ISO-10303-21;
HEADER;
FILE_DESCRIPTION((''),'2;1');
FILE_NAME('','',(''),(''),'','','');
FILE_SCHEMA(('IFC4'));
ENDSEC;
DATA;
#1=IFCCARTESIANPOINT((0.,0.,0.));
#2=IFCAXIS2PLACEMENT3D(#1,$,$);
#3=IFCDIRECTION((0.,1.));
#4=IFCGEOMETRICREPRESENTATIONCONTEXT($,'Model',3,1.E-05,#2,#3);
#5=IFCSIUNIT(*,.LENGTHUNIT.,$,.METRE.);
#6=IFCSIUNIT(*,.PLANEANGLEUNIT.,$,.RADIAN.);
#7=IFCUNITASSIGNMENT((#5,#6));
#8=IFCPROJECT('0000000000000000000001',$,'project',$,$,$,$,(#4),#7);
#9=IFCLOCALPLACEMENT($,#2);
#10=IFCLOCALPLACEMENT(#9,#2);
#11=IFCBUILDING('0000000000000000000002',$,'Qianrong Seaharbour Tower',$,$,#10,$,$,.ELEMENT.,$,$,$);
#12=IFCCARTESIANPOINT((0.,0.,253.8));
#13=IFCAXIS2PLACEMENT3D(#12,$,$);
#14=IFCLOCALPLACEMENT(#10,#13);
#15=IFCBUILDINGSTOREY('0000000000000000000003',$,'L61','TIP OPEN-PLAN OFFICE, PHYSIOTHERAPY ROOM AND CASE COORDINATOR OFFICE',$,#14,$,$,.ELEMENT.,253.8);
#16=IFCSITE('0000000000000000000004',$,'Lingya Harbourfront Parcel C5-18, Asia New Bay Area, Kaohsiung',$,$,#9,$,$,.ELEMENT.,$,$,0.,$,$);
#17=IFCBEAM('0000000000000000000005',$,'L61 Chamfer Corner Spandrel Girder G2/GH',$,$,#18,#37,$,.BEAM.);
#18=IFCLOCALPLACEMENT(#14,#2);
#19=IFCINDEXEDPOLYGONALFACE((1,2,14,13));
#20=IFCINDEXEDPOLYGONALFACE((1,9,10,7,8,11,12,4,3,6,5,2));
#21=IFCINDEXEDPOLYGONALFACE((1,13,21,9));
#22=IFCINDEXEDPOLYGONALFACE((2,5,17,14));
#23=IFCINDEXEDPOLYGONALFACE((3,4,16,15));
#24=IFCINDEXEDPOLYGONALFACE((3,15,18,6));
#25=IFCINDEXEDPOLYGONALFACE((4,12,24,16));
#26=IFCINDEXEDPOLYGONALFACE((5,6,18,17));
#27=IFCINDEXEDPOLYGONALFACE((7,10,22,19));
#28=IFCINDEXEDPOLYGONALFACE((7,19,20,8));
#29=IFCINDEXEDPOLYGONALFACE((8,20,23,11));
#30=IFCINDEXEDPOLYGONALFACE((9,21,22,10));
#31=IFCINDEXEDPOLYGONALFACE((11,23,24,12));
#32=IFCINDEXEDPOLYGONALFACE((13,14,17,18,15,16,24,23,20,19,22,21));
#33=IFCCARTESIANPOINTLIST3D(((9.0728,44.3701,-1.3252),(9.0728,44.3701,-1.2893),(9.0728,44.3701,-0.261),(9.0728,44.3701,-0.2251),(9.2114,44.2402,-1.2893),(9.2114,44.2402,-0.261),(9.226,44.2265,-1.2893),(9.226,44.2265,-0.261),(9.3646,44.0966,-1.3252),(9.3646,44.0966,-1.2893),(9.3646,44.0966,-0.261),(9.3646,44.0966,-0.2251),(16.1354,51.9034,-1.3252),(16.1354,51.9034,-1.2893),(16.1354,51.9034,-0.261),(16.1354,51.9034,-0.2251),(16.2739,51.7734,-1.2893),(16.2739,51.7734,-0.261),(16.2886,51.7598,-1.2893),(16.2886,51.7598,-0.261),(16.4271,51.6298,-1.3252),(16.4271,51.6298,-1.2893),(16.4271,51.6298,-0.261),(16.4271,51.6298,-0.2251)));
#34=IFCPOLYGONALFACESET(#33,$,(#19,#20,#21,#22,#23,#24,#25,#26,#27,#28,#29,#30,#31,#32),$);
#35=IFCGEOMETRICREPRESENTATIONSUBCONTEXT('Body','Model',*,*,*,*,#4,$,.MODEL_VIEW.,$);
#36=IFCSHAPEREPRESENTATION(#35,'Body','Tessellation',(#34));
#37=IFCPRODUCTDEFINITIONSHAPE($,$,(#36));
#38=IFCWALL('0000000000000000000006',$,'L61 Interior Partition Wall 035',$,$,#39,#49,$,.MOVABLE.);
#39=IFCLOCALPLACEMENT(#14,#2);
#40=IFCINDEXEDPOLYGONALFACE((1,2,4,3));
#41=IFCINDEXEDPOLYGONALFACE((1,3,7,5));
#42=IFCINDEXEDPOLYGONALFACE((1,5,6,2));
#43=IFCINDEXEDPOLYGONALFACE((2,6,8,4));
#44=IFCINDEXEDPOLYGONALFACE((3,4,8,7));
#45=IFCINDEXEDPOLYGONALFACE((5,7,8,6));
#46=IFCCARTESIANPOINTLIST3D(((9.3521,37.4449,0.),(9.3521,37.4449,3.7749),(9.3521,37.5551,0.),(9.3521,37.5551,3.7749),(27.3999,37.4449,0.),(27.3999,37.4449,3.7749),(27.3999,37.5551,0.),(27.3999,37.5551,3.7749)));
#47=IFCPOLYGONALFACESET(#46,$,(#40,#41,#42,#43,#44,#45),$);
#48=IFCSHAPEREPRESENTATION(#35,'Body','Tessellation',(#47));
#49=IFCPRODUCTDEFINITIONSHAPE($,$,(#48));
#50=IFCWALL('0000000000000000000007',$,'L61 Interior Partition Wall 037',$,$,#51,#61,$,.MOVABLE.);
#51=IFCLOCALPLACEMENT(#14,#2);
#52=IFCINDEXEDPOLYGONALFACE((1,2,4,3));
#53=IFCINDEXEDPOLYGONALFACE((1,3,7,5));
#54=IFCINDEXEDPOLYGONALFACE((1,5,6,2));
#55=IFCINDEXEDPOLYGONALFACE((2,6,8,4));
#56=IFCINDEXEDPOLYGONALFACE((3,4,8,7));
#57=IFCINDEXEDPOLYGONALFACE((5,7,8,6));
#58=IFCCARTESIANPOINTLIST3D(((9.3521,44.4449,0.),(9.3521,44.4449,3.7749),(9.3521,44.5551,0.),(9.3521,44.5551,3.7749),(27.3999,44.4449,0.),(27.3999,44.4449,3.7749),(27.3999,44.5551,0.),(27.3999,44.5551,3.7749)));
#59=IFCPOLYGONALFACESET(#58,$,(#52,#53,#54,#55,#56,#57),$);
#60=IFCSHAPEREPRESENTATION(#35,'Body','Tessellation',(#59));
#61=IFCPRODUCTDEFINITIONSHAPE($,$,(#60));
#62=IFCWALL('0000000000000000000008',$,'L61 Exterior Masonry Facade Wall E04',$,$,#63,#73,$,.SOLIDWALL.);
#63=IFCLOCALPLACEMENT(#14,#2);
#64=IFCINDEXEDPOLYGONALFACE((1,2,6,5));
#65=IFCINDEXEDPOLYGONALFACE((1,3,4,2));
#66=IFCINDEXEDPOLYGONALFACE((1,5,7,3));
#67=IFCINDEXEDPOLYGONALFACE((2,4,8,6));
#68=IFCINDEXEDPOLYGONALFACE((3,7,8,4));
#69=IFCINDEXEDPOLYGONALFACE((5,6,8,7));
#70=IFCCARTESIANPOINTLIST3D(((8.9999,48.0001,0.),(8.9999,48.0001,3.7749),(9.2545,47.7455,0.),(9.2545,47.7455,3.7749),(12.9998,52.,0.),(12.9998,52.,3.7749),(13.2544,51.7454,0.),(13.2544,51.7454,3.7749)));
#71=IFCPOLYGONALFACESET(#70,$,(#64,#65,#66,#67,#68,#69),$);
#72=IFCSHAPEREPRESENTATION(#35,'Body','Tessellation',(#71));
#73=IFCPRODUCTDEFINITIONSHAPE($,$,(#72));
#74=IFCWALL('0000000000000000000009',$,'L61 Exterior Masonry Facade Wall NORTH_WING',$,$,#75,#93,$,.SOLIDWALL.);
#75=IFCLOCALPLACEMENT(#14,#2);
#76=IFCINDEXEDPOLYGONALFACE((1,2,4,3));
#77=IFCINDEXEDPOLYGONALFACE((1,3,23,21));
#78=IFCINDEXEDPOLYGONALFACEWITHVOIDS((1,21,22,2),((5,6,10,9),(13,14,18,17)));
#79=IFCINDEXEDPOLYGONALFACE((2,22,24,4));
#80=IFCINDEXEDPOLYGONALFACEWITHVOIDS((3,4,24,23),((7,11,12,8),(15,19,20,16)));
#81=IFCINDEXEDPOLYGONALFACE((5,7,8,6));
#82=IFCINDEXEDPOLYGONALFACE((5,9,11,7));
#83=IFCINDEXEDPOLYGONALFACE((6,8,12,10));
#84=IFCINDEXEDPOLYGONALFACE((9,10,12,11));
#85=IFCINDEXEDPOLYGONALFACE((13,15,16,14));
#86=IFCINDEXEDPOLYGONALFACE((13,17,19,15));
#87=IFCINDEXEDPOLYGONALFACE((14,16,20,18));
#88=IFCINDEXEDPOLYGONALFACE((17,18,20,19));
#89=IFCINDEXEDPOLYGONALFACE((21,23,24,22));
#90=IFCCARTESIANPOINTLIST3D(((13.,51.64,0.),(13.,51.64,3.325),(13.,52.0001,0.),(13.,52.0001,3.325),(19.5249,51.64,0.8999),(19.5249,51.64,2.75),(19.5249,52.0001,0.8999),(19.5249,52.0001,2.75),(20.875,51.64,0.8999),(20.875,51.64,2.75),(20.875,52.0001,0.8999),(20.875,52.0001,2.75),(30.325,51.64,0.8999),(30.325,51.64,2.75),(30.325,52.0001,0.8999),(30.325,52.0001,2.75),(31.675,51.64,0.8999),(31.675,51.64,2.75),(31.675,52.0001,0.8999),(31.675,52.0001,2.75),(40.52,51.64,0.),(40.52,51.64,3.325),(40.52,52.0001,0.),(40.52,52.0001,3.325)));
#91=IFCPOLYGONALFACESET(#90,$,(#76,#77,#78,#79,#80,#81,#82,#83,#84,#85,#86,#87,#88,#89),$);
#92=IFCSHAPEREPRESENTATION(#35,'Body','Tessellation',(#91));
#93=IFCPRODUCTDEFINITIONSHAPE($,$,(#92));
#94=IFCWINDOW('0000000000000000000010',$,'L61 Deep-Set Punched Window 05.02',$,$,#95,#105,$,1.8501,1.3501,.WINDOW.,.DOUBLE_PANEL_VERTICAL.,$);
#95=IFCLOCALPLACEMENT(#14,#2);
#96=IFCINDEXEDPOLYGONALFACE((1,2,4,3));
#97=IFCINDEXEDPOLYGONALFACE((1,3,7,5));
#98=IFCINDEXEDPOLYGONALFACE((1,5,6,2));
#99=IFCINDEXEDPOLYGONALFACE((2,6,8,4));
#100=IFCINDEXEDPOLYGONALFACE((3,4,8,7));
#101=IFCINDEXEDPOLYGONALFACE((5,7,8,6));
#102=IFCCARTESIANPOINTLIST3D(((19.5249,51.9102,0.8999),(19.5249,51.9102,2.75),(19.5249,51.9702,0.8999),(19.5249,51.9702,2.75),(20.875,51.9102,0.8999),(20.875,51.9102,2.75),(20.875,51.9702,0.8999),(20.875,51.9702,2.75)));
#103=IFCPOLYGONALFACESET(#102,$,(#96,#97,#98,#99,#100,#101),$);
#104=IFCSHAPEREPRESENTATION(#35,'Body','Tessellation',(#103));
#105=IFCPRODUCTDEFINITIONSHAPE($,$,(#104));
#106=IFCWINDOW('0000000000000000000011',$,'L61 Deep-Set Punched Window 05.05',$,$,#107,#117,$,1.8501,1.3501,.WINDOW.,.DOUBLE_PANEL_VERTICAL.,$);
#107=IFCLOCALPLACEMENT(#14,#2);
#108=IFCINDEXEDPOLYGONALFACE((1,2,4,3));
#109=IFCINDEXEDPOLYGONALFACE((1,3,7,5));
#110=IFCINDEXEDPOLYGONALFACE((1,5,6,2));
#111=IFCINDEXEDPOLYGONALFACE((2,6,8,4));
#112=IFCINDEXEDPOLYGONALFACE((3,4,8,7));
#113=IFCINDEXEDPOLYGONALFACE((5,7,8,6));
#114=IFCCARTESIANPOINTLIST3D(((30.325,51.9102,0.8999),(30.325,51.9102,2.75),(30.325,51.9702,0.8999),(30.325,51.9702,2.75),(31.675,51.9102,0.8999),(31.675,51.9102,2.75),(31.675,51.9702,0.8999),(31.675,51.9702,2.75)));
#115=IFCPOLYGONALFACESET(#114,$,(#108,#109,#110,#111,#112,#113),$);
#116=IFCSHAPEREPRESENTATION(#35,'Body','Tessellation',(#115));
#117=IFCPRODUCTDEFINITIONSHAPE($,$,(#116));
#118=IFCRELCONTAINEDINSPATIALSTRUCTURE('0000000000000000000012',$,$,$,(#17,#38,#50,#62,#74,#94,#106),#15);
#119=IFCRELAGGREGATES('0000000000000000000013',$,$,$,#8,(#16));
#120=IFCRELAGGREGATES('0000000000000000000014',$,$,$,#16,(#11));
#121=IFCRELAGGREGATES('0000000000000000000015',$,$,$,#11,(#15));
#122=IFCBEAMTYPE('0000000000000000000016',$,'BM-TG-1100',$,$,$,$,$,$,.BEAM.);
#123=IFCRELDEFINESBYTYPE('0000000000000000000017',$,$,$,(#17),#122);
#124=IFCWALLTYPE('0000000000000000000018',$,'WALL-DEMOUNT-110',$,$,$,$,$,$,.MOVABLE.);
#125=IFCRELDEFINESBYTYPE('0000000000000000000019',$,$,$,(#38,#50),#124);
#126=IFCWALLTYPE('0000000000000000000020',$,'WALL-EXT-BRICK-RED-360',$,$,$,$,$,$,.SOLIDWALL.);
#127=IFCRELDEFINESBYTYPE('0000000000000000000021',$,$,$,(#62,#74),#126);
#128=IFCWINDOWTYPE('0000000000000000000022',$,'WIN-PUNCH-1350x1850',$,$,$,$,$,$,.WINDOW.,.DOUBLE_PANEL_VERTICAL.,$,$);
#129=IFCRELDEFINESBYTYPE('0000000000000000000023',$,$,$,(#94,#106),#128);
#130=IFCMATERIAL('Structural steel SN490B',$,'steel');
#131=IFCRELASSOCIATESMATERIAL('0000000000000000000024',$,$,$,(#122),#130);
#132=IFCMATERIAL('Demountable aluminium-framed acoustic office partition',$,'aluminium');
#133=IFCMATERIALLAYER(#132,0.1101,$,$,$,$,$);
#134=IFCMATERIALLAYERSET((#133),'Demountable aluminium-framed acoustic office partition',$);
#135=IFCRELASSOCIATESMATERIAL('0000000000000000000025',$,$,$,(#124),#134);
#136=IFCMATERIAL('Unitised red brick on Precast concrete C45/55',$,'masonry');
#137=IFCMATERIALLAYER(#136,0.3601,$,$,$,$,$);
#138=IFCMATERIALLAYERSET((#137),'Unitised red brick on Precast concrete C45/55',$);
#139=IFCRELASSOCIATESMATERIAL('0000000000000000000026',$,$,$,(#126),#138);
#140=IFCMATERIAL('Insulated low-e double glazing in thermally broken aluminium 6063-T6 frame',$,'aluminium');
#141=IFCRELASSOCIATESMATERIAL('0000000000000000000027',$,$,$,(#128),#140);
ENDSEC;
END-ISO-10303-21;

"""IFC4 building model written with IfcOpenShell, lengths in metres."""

from ifc_helpers import new_model, si_unit, direction, frame, frame_2d, origin, origin_2d, place, context, subcontext, project, spatial, rectangle, i_section, extrude, material, layer, layer_set, material_profile, profile_set, type_object, element, fill, save


model = new_model("IFC4")

# Units and contexts
model_context = context("Model", 3, precision=1e-05, world=origin(), true_north=direction((0.0, 1.0)))
body_context = subcontext(model_context, "Body", "Model", "MODEL_VIEW")
ifc_project = project(units=[si_unit("LENGTHUNIT", "METRE"), si_unit("PLANEANGLEUNIT", "RADIAN")], contexts=[model_context])

# Site, building, storey
site_placement = place(None, origin())
site = spatial("IfcSite", under=ifc_project, at=site_placement, Name="Lingya Harbourfront Parcel C5-18, Asia New Bay Area, Kaohsiung", CompositionType="ELEMENT", RefElevation=0.0)
building_placement = place(site_placement, origin())
building = spatial("IfcBuilding", under=site, at=building_placement, Name="Qianrong Seaharbour Tower", CompositionType="ELEMENT")
storey_placement = place(building_placement, frame((0.0, 0.0, 253.8)))
storey = spatial("IfcBuildingStorey", under=building, at=storey_placement, Name="L61", Description="TIP OPEN-PLAN OFFICE, PHYSIOTHERAPY ROOM AND CASE COORDINATOR OFFICE", CompositionType="ELEMENT", Elevation=253.8)

# Shared definitions
ifc_material_1 = material(Name="Structural steel SN490B", Category="steel")

# Beam
ifc_material_profile_1 = material_profile(ifc_material_1, i_section(OverallWidth=0.3999, OverallDepth=1.1001, WebThickness=0.02, FlangeThickness=0.0359, at=origin_2d()), Name="BH1100x400x20x36")
ifc_profile_set_1 = profile_set([ifc_material_profile_1], Name="Structural steel SN490B")
beam_type_1 = type_object("IfcBeamType", Name="BM-TG-1100", PredefinedType="BEAM", material=ifc_profile_set_1)
beam_1_placement = place(storey_placement, frame((16.2812, 51.7666, -0.7751), z_axis=(-0.683947, -0.729531, 0.0), x_axis=(0.729531, -0.683947, 0.0)))
element("IfcBeam", 1, at=beam_1_placement, inside=storey, type_object=beam_type_1, Name="L61 Chamfer Corner Spandrel Girder G2/GH", PredefinedType="BEAM", context=body_context, shape_type="SweptSolid", body=[
    extrude(i_section(OverallWidth=0.3999, OverallDepth=1.1001, WebThickness=0.02, FlangeThickness=0.0359, at=origin_2d()), origin(), (0.0, 0.0, 1.0), 10.3262),
])

# Walls
ifc_material_2 = material(Name="Demountable aluminium-framed acoustic office partition", Category="aluminium")
ifc_layer_1 = layer(ifc_material_2, 0.1101)
ifc_layer_set_1 = layer_set([ifc_layer_1], Name="Demountable aluminium-framed acoustic office partition")
wall_type_1 = type_object("IfcWallType", Name="WALL-DEMOUNT-110", PredefinedType="MOVABLE", material=ifc_layer_set_1)
for number, where, z_axis, x_axis, name in (
    (2, (9.3521, 37.5, 0.0), (0.0, 0.0, 1.0), (1.0, 0.0, 0.0), "L61 Interior Partition Wall 035"),
    (3, (9.3521, 44.5, 0.0), (0.0, 0.0, 1.0), (1.0, 0.0, 0.0), "L61 Interior Partition Wall 037"),
):
    element("IfcWall", number, at=place(storey_placement, frame(where, z_axis=z_axis, x_axis=x_axis)), inside=storey, type_object=wall_type_1, Name=name, PredefinedType="MOVABLE", context=body_context, shape_type="SweptSolid", body=[
        extrude(rectangle(XDim=18.0479, YDim=0.1101, at=frame_2d((9.0239, 0.0))), origin(), (0.0, 0.0, 1.0), 3.7749),
    ])
ifc_material_3 = material(Name="Unitised red brick on Precast concrete C45/55", Category="masonry")
ifc_layer_2 = layer(ifc_material_3, 0.3601)
ifc_layer_set_2 = layer_set([ifc_layer_2], Name="Unitised red brick on Precast concrete C45/55")
wall_type_2 = type_object("IfcWallType", Name="WALL-EXT-BRICK-RED-360", PredefinedType="SOLIDWALL", material=ifc_layer_set_2)
wall_1_placement = place(storey_placement, frame((9.1272, 47.8728, 0.0), z_axis=(0.0, 0.0, 1.0), x_axis=(0.707107, 0.707107, 0.0)))
element("IfcWall", 4, at=wall_1_placement, inside=storey, type_object=wall_type_2, Name="L61 Exterior Masonry Facade Wall E04", PredefinedType="SOLIDWALL", context=body_context, shape_type="SweptSolid", body=[
    extrude(rectangle(XDim=5.6567, YDim=0.3601, at=frame_2d((2.8284, 0.0))), origin(), (0.0, 0.0, 1.0), 3.7749),
])

# Wall, openings, windows
wall_2_placement = place(storey_placement, frame((13.0, 51.8201, 0.0), z_axis=(0.0, 0.0, 1.0), x_axis=(1.0, 0.0, 0.0)))
wall_2 = element("IfcWall", 5, at=wall_2_placement, inside=storey, type_object=wall_type_2, Name="L61 Exterior Masonry Facade Wall NORTH_WING", PredefinedType="SOLIDWALL", context=body_context, shape_type="SweptSolid", body=[
    extrude(rectangle(XDim=27.52, YDim=0.3601, at=frame_2d((13.76, 0.0))), origin(), (0.0, 0.0, 1.0), 3.325),
])
opening_1_placement = place(wall_2_placement, frame((6.5249, 0.0, 0.8999)))
opening_1 = element("IfcOpeningElement", 6, at=opening_1_placement, cuts=wall_2, PredefinedType="OPENING", context=body_context, shape_type="SweptSolid", body=[
    extrude(rectangle(XDim=1.3501, YDim=1.8501, at=frame_2d((0.675, 0.925))), frame((0.0, 0.1899, 0.0), z_axis=(0.0, -1.0, 0.0), x_axis=(1.0, 0.0, 0.0)), (0.0, 0.0, 1.0), 0.3801),
])
opening_2_placement = place(wall_2_placement, frame((17.325, 0.0, 0.8999)))
opening_2 = element("IfcOpeningElement", 7, at=opening_2_placement, cuts=wall_2, PredefinedType="OPENING", context=body_context, shape_type="SweptSolid", body=[
    extrude(rectangle(XDim=1.3501, YDim=1.8501, at=frame_2d((0.675, 0.925))), frame((0.0, 0.1899, 0.0), z_axis=(0.0, -1.0, 0.0), x_axis=(1.0, 0.0, 0.0)), (0.0, 0.0, 1.0), 0.3801),
])
ifc_material_4 = material(Name="Insulated low-e double glazing in thermally broken aluminium 6063-T6 frame", Category="aluminium")
window_type = type_object("IfcWindowType", Name="WIN-PUNCH-1350x1850", PartitioningType="DOUBLE_PANEL_VERTICAL", PredefinedType="WINDOW", material=ifc_material_4)
window_1_placement = place(opening_1_placement, origin())
window_1 = element("IfcWindow", 8, at=window_1_placement, inside=storey, type_object=window_type, Name="L61 Deep-Set Punched Window 05.02", OverallHeight=1.8501, OverallWidth=1.3501, PartitioningType="DOUBLE_PANEL_VERTICAL", PredefinedType="WINDOW", context=body_context, shape_type="SweptSolid", body=[
    extrude(rectangle(XDim=1.3501, YDim=1.8501, at=frame_2d((0.675, 0.925))), frame((0.0, 0.1501, 0.0), z_axis=(0.0, -1.0, 0.0), x_axis=(1.0, 0.0, 0.0)), (0.0, 0.0, 1.0), 0.0601),
])
fill(opening_1, window_1)
window_2_placement = place(opening_2_placement, origin())
window_2 = element("IfcWindow", 9, at=window_2_placement, inside=storey, type_object=window_type, Name="L61 Deep-Set Punched Window 05.05", OverallHeight=1.8501, OverallWidth=1.3501, PartitioningType="DOUBLE_PANEL_VERTICAL", PredefinedType="WINDOW", context=body_context, shape_type="SweptSolid", body=[
    extrude(rectangle(XDim=1.3501, YDim=1.8501, at=frame_2d((0.675, 0.925))), frame((0.0, 0.1501, 0.0), z_axis=(0.0, -1.0, 0.0), x_axis=(1.0, 0.0, 0.0)), (0.0, 0.0, 1.0), 0.0601),
])
fill(opening_2, window_2)

save(model, "model.ifc")
